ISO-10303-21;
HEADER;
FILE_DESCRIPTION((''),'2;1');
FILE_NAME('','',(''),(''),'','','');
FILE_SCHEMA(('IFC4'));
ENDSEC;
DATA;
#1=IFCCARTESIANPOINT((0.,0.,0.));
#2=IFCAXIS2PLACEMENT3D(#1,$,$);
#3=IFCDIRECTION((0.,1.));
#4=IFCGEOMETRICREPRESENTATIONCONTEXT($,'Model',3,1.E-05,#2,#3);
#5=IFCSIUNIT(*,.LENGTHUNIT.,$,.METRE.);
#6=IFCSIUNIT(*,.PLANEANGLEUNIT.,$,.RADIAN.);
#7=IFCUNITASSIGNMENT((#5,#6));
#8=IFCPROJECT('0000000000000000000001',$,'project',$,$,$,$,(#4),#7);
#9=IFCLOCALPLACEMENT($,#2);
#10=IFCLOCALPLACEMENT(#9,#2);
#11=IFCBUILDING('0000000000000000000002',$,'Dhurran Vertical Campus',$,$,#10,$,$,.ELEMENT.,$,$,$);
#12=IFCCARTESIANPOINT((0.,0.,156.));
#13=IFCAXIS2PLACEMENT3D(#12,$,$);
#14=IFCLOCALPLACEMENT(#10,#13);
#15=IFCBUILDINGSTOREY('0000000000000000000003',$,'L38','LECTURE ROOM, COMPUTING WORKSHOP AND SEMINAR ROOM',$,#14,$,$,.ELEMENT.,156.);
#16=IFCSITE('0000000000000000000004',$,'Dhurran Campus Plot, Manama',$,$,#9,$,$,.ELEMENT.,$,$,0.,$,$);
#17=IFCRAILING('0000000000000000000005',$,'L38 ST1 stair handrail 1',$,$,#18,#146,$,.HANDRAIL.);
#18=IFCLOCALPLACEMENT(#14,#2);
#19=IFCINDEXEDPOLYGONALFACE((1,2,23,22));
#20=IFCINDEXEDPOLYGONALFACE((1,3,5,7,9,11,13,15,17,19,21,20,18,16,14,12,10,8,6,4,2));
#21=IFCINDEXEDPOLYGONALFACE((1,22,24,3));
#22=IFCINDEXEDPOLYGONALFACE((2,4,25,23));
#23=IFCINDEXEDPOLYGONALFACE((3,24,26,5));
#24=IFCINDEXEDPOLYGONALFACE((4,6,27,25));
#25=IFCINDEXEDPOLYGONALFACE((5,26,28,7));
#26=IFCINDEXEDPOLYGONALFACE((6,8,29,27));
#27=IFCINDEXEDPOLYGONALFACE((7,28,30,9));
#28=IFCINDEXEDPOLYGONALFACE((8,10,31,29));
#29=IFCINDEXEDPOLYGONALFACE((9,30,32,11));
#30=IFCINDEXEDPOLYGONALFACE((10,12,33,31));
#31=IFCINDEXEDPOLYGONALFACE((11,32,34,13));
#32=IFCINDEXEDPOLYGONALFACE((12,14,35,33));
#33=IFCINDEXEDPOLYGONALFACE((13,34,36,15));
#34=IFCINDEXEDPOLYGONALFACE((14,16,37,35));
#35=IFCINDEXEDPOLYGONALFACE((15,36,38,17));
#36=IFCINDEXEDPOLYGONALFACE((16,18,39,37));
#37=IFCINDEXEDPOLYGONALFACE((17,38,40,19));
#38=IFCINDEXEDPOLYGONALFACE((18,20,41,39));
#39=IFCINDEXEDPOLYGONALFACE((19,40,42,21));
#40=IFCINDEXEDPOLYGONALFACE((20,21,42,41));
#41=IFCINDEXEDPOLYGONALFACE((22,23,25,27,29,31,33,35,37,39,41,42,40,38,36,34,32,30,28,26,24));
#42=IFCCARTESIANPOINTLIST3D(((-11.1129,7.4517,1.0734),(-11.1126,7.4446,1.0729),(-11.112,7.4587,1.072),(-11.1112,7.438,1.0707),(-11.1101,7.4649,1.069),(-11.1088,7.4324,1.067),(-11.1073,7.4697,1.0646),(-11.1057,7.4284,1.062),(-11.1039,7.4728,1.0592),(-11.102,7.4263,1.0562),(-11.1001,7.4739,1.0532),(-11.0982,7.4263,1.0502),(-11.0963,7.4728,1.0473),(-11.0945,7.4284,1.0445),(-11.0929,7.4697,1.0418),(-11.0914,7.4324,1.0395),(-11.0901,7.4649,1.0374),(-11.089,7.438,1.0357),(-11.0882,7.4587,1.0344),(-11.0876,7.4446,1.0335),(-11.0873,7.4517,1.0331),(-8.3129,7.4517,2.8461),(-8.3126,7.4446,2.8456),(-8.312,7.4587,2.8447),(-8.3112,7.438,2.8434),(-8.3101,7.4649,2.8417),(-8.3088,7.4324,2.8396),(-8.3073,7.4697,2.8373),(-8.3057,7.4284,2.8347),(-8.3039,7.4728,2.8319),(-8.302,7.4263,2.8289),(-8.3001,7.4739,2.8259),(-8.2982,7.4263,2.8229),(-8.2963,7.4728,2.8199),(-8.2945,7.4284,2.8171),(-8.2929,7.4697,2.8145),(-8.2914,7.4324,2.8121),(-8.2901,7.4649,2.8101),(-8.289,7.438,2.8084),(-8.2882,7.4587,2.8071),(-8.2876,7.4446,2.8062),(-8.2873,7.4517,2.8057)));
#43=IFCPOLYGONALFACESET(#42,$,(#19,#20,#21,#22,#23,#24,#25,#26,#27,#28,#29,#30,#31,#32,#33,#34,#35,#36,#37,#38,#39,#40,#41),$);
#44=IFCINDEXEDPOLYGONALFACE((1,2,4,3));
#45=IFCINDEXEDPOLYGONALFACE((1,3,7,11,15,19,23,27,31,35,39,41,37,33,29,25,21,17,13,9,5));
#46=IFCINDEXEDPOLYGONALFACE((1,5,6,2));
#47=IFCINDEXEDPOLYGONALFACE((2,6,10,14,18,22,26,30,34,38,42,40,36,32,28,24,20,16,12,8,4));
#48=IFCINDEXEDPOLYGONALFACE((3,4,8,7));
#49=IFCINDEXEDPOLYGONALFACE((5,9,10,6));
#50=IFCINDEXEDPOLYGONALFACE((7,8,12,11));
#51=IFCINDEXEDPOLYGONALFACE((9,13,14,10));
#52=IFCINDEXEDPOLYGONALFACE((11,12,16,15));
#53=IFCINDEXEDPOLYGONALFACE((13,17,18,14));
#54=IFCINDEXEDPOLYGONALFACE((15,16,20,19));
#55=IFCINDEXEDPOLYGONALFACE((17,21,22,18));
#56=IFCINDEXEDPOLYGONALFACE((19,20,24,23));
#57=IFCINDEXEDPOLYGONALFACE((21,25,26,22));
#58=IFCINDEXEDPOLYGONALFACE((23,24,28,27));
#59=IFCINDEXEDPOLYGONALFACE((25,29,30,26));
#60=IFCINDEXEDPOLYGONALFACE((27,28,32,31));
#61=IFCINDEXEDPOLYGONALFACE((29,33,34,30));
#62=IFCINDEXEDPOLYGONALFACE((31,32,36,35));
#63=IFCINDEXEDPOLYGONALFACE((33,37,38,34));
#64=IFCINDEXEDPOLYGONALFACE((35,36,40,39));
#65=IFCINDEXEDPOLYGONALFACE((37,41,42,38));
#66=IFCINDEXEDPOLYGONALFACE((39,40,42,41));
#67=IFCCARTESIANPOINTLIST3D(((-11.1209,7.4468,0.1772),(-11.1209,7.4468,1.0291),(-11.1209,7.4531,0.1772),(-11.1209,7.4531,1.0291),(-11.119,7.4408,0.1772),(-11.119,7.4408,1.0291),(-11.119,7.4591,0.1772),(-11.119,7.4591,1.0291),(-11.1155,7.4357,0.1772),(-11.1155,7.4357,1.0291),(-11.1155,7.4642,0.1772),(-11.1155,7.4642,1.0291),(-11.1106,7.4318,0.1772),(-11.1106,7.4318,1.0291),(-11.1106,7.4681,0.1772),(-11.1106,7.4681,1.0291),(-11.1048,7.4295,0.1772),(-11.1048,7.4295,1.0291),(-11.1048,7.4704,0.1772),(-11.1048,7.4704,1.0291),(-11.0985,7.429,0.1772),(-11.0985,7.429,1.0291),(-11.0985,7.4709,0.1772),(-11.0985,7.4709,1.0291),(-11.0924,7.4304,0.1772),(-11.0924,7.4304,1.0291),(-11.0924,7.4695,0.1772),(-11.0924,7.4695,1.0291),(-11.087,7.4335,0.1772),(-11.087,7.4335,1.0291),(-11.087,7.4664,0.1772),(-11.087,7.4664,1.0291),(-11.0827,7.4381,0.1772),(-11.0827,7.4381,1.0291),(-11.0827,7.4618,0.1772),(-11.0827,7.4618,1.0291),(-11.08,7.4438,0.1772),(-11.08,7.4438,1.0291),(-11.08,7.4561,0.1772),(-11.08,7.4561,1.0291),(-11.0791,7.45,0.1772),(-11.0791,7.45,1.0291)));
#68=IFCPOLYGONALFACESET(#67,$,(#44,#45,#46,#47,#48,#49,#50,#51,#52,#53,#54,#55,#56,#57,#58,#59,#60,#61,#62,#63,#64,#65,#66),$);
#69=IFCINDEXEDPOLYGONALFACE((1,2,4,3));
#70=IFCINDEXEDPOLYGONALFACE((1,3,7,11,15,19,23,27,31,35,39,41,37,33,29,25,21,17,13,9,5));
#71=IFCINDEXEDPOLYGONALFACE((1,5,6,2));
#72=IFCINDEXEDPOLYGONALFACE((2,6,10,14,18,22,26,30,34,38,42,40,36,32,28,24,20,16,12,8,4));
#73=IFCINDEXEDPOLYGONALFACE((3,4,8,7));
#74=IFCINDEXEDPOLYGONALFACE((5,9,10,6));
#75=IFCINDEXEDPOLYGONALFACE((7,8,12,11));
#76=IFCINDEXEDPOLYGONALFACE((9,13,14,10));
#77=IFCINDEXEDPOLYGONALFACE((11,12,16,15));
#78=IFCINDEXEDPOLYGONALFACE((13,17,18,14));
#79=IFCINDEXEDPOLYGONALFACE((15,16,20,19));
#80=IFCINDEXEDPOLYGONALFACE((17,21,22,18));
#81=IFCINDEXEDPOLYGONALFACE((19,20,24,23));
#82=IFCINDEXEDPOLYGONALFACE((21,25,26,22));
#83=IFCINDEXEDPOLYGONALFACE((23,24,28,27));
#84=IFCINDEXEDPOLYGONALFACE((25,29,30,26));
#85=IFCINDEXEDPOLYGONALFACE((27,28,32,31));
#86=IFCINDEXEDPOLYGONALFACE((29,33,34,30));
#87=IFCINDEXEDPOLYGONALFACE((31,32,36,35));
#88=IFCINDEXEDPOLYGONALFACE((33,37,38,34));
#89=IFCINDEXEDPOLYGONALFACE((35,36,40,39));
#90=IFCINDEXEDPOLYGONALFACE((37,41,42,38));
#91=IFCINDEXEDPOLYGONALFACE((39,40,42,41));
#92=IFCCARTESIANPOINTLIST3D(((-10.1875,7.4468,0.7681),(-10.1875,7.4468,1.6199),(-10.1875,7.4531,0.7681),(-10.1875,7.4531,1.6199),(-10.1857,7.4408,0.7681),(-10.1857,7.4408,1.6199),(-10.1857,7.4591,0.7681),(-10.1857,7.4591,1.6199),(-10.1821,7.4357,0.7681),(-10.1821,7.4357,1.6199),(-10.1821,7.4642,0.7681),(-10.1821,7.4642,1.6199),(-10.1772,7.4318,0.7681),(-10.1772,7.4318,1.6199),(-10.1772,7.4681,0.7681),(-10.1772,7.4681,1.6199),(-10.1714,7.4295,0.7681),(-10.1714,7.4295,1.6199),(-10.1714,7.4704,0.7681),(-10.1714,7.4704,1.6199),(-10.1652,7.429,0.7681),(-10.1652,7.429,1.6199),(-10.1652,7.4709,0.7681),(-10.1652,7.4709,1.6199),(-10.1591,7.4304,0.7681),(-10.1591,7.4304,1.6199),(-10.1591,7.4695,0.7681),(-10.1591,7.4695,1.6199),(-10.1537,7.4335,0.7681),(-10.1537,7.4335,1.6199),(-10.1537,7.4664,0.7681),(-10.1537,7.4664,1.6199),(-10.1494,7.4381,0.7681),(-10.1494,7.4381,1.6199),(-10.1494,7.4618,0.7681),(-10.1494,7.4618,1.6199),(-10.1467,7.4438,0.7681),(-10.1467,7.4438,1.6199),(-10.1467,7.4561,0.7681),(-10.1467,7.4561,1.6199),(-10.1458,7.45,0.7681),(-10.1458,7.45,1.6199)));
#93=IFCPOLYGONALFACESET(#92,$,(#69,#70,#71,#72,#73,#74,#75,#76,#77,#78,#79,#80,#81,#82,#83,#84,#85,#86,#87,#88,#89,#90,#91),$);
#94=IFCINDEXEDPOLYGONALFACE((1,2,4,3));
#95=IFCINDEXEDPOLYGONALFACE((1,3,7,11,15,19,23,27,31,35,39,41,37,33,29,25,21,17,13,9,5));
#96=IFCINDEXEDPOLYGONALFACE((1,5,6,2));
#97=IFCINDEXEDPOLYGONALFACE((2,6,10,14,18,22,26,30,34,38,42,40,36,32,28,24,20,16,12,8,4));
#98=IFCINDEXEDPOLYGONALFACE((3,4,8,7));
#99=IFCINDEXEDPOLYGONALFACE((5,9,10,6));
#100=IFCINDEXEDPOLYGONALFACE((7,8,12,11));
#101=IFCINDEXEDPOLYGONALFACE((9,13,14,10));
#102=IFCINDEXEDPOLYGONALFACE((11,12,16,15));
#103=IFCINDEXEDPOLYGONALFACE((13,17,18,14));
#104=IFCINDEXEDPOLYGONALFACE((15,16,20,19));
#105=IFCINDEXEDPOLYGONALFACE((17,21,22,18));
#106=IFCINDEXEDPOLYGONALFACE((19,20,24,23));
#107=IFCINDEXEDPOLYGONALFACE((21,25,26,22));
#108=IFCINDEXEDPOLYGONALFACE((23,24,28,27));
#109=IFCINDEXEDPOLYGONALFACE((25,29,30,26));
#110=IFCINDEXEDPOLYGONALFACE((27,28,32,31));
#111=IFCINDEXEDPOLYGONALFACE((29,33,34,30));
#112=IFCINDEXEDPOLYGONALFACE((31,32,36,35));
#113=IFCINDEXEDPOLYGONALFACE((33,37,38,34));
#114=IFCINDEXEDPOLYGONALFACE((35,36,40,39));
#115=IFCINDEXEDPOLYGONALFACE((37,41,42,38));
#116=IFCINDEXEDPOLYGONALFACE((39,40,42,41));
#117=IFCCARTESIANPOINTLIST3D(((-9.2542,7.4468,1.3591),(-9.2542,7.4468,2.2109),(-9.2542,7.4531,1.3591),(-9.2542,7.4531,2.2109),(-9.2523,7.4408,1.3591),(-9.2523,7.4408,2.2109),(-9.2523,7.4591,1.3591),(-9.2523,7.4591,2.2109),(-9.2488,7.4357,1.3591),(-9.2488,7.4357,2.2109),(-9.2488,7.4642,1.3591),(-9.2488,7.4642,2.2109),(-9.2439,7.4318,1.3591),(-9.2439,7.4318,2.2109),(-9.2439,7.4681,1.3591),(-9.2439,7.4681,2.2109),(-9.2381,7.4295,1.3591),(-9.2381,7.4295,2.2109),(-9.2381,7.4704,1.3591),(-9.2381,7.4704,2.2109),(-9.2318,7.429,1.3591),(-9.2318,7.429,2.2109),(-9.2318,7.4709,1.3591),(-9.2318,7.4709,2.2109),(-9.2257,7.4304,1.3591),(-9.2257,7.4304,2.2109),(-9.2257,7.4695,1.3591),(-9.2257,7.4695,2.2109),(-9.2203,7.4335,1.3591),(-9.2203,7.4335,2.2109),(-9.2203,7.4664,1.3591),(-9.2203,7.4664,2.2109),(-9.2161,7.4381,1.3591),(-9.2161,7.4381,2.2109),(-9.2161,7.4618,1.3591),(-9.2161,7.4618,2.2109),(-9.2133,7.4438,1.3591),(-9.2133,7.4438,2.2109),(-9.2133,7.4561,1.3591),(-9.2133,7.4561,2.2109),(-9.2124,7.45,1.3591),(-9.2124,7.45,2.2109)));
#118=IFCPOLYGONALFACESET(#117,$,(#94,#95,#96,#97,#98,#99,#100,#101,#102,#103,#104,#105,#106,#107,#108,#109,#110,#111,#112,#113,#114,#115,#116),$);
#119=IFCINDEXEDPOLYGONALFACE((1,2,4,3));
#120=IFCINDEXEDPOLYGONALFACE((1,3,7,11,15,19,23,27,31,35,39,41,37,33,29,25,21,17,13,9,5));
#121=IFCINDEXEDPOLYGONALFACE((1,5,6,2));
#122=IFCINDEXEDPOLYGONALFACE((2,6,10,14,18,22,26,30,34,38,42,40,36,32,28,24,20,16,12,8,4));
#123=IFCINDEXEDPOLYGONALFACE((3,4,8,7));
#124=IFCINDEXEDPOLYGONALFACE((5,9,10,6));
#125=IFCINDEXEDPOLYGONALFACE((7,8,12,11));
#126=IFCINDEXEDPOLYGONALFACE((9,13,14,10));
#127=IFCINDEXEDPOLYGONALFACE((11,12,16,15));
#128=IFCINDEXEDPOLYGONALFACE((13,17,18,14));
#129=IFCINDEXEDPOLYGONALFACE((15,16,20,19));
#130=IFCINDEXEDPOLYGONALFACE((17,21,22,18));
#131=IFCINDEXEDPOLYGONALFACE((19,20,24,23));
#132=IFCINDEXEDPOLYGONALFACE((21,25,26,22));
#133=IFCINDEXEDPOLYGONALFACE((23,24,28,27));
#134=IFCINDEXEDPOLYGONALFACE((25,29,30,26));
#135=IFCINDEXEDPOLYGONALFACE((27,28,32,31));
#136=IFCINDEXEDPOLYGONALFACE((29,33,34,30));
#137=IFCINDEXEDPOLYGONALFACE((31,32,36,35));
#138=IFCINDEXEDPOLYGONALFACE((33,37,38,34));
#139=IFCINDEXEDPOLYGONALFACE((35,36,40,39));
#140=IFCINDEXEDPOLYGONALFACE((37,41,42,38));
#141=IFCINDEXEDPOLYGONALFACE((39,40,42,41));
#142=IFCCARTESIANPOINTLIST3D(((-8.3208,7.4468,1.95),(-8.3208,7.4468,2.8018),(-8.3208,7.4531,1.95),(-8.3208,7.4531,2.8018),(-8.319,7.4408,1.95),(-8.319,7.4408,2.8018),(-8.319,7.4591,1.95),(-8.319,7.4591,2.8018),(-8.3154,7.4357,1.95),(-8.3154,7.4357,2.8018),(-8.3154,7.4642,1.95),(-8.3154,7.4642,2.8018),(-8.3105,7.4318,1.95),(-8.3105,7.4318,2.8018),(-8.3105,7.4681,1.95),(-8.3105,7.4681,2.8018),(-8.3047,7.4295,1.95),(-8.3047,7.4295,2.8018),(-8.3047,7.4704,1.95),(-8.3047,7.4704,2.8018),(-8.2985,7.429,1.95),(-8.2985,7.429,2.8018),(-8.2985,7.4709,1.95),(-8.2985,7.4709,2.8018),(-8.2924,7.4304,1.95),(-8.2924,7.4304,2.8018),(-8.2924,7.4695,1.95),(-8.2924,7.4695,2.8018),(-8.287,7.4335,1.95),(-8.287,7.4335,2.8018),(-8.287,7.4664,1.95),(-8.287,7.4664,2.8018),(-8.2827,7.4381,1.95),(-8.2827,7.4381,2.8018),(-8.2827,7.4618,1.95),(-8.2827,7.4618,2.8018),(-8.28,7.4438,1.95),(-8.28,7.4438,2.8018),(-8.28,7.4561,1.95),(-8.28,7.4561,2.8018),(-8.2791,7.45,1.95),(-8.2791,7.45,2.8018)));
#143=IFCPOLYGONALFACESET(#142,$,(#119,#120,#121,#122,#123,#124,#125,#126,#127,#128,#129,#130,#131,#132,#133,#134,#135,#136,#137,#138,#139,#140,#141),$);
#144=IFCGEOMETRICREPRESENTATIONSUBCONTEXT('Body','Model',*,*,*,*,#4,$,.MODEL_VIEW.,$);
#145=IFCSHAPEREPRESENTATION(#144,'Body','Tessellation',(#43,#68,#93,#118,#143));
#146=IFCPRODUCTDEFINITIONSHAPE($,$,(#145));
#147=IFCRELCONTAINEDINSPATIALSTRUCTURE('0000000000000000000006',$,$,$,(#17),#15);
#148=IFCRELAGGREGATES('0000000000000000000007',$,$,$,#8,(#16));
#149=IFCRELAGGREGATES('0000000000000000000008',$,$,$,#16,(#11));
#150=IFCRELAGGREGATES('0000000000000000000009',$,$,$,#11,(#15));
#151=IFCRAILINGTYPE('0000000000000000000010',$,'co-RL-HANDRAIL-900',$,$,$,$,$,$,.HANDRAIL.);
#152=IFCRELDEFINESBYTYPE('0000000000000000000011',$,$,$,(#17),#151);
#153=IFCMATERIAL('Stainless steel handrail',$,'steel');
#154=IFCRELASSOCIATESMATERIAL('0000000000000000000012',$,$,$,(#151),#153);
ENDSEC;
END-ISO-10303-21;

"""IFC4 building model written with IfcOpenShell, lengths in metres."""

from ifc_helpers import new_model, si_unit, direction, frame, origin, origin_2d, place, context, subcontext, project, spatial, circle, extrude, material, type_object, element, save


model = new_model("IFC4")

# Units and contexts
model_context = context("Model", 3, precision=1e-05, world=origin(), true_north=direction((0.0, 1.0)))
body_context = subcontext(model_context, "Body", "Model", "MODEL_VIEW")
ifc_project = project(units=[si_unit("LENGTHUNIT", "METRE"), si_unit("PLANEANGLEUNIT", "RADIAN")], contexts=[model_context])

# Site, building, storey
site_placement = place(None, origin())
site = spatial("IfcSite", under=ifc_project, at=site_placement, Name="Dhurran Campus Plot, Manama", CompositionType="ELEMENT", RefElevation=0.0)
building_placement = place(site_placement, origin())
building = spatial("IfcBuilding", under=site, at=building_placement, Name="Dhurran Vertical Campus", CompositionType="ELEMENT")
storey_placement = place(building_placement, frame((0.0, 0.0, 156.0)))
storey = spatial("IfcBuildingStorey", under=building, at=storey_placement, Name="L38", Description="LECTURE ROOM, COMPUTING WORKSHOP AND SEMINAR ROOM", CompositionType="ELEMENT", Elevation=156.0)

# Railing
ifc_material_1 = material(Name="Stainless steel handrail", Category="steel")
railing_type_1 = type_object("IfcRailingType", Name="co-RL-HANDRAIL-900", PredefinedType="HANDRAIL", material=ifc_material_1)
railing_1_placement = place(storey_placement, frame((-11.1001, 7.45, 0.1772)))
element("IfcRailing", 1, at=railing_1_placement, inside=storey, type_object=railing_type_1, Name="L38 ST1 stair handrail 1", PredefinedType="HANDRAIL", context=body_context, shape_type="SweptSolid", body=[
    extrude(circle(Radius=0.0239, at=origin_2d()), frame((0.0, 0.0, 0.876), z_axis=(0.844909, 0.0, 0.53491), x_axis=(0.0, 1.0, 0.0)), (0.0, 0.0, 1.0), 3.314),
    extrude(circle(Radius=0.021, at=origin_2d()), origin(), (0.0, 0.0, 1.0), 0.8518),
    extrude(circle(Radius=0.021, at=origin_2d()), frame((0.9333, 0.0, 0.5908)), (0.0, 0.0, 1.0), 0.8518),
    extrude(circle(Radius=0.021, at=origin_2d()), frame((1.8667, 0.0, 1.1819)), (0.0, 0.0, 1.0), 0.8518),
    extrude(circle(Radius=0.021, at=origin_2d()), frame((2.8, 0.0, 1.7727)), (0.0, 0.0, 1.0), 0.8518),
])

save(model, "model.ifc")
